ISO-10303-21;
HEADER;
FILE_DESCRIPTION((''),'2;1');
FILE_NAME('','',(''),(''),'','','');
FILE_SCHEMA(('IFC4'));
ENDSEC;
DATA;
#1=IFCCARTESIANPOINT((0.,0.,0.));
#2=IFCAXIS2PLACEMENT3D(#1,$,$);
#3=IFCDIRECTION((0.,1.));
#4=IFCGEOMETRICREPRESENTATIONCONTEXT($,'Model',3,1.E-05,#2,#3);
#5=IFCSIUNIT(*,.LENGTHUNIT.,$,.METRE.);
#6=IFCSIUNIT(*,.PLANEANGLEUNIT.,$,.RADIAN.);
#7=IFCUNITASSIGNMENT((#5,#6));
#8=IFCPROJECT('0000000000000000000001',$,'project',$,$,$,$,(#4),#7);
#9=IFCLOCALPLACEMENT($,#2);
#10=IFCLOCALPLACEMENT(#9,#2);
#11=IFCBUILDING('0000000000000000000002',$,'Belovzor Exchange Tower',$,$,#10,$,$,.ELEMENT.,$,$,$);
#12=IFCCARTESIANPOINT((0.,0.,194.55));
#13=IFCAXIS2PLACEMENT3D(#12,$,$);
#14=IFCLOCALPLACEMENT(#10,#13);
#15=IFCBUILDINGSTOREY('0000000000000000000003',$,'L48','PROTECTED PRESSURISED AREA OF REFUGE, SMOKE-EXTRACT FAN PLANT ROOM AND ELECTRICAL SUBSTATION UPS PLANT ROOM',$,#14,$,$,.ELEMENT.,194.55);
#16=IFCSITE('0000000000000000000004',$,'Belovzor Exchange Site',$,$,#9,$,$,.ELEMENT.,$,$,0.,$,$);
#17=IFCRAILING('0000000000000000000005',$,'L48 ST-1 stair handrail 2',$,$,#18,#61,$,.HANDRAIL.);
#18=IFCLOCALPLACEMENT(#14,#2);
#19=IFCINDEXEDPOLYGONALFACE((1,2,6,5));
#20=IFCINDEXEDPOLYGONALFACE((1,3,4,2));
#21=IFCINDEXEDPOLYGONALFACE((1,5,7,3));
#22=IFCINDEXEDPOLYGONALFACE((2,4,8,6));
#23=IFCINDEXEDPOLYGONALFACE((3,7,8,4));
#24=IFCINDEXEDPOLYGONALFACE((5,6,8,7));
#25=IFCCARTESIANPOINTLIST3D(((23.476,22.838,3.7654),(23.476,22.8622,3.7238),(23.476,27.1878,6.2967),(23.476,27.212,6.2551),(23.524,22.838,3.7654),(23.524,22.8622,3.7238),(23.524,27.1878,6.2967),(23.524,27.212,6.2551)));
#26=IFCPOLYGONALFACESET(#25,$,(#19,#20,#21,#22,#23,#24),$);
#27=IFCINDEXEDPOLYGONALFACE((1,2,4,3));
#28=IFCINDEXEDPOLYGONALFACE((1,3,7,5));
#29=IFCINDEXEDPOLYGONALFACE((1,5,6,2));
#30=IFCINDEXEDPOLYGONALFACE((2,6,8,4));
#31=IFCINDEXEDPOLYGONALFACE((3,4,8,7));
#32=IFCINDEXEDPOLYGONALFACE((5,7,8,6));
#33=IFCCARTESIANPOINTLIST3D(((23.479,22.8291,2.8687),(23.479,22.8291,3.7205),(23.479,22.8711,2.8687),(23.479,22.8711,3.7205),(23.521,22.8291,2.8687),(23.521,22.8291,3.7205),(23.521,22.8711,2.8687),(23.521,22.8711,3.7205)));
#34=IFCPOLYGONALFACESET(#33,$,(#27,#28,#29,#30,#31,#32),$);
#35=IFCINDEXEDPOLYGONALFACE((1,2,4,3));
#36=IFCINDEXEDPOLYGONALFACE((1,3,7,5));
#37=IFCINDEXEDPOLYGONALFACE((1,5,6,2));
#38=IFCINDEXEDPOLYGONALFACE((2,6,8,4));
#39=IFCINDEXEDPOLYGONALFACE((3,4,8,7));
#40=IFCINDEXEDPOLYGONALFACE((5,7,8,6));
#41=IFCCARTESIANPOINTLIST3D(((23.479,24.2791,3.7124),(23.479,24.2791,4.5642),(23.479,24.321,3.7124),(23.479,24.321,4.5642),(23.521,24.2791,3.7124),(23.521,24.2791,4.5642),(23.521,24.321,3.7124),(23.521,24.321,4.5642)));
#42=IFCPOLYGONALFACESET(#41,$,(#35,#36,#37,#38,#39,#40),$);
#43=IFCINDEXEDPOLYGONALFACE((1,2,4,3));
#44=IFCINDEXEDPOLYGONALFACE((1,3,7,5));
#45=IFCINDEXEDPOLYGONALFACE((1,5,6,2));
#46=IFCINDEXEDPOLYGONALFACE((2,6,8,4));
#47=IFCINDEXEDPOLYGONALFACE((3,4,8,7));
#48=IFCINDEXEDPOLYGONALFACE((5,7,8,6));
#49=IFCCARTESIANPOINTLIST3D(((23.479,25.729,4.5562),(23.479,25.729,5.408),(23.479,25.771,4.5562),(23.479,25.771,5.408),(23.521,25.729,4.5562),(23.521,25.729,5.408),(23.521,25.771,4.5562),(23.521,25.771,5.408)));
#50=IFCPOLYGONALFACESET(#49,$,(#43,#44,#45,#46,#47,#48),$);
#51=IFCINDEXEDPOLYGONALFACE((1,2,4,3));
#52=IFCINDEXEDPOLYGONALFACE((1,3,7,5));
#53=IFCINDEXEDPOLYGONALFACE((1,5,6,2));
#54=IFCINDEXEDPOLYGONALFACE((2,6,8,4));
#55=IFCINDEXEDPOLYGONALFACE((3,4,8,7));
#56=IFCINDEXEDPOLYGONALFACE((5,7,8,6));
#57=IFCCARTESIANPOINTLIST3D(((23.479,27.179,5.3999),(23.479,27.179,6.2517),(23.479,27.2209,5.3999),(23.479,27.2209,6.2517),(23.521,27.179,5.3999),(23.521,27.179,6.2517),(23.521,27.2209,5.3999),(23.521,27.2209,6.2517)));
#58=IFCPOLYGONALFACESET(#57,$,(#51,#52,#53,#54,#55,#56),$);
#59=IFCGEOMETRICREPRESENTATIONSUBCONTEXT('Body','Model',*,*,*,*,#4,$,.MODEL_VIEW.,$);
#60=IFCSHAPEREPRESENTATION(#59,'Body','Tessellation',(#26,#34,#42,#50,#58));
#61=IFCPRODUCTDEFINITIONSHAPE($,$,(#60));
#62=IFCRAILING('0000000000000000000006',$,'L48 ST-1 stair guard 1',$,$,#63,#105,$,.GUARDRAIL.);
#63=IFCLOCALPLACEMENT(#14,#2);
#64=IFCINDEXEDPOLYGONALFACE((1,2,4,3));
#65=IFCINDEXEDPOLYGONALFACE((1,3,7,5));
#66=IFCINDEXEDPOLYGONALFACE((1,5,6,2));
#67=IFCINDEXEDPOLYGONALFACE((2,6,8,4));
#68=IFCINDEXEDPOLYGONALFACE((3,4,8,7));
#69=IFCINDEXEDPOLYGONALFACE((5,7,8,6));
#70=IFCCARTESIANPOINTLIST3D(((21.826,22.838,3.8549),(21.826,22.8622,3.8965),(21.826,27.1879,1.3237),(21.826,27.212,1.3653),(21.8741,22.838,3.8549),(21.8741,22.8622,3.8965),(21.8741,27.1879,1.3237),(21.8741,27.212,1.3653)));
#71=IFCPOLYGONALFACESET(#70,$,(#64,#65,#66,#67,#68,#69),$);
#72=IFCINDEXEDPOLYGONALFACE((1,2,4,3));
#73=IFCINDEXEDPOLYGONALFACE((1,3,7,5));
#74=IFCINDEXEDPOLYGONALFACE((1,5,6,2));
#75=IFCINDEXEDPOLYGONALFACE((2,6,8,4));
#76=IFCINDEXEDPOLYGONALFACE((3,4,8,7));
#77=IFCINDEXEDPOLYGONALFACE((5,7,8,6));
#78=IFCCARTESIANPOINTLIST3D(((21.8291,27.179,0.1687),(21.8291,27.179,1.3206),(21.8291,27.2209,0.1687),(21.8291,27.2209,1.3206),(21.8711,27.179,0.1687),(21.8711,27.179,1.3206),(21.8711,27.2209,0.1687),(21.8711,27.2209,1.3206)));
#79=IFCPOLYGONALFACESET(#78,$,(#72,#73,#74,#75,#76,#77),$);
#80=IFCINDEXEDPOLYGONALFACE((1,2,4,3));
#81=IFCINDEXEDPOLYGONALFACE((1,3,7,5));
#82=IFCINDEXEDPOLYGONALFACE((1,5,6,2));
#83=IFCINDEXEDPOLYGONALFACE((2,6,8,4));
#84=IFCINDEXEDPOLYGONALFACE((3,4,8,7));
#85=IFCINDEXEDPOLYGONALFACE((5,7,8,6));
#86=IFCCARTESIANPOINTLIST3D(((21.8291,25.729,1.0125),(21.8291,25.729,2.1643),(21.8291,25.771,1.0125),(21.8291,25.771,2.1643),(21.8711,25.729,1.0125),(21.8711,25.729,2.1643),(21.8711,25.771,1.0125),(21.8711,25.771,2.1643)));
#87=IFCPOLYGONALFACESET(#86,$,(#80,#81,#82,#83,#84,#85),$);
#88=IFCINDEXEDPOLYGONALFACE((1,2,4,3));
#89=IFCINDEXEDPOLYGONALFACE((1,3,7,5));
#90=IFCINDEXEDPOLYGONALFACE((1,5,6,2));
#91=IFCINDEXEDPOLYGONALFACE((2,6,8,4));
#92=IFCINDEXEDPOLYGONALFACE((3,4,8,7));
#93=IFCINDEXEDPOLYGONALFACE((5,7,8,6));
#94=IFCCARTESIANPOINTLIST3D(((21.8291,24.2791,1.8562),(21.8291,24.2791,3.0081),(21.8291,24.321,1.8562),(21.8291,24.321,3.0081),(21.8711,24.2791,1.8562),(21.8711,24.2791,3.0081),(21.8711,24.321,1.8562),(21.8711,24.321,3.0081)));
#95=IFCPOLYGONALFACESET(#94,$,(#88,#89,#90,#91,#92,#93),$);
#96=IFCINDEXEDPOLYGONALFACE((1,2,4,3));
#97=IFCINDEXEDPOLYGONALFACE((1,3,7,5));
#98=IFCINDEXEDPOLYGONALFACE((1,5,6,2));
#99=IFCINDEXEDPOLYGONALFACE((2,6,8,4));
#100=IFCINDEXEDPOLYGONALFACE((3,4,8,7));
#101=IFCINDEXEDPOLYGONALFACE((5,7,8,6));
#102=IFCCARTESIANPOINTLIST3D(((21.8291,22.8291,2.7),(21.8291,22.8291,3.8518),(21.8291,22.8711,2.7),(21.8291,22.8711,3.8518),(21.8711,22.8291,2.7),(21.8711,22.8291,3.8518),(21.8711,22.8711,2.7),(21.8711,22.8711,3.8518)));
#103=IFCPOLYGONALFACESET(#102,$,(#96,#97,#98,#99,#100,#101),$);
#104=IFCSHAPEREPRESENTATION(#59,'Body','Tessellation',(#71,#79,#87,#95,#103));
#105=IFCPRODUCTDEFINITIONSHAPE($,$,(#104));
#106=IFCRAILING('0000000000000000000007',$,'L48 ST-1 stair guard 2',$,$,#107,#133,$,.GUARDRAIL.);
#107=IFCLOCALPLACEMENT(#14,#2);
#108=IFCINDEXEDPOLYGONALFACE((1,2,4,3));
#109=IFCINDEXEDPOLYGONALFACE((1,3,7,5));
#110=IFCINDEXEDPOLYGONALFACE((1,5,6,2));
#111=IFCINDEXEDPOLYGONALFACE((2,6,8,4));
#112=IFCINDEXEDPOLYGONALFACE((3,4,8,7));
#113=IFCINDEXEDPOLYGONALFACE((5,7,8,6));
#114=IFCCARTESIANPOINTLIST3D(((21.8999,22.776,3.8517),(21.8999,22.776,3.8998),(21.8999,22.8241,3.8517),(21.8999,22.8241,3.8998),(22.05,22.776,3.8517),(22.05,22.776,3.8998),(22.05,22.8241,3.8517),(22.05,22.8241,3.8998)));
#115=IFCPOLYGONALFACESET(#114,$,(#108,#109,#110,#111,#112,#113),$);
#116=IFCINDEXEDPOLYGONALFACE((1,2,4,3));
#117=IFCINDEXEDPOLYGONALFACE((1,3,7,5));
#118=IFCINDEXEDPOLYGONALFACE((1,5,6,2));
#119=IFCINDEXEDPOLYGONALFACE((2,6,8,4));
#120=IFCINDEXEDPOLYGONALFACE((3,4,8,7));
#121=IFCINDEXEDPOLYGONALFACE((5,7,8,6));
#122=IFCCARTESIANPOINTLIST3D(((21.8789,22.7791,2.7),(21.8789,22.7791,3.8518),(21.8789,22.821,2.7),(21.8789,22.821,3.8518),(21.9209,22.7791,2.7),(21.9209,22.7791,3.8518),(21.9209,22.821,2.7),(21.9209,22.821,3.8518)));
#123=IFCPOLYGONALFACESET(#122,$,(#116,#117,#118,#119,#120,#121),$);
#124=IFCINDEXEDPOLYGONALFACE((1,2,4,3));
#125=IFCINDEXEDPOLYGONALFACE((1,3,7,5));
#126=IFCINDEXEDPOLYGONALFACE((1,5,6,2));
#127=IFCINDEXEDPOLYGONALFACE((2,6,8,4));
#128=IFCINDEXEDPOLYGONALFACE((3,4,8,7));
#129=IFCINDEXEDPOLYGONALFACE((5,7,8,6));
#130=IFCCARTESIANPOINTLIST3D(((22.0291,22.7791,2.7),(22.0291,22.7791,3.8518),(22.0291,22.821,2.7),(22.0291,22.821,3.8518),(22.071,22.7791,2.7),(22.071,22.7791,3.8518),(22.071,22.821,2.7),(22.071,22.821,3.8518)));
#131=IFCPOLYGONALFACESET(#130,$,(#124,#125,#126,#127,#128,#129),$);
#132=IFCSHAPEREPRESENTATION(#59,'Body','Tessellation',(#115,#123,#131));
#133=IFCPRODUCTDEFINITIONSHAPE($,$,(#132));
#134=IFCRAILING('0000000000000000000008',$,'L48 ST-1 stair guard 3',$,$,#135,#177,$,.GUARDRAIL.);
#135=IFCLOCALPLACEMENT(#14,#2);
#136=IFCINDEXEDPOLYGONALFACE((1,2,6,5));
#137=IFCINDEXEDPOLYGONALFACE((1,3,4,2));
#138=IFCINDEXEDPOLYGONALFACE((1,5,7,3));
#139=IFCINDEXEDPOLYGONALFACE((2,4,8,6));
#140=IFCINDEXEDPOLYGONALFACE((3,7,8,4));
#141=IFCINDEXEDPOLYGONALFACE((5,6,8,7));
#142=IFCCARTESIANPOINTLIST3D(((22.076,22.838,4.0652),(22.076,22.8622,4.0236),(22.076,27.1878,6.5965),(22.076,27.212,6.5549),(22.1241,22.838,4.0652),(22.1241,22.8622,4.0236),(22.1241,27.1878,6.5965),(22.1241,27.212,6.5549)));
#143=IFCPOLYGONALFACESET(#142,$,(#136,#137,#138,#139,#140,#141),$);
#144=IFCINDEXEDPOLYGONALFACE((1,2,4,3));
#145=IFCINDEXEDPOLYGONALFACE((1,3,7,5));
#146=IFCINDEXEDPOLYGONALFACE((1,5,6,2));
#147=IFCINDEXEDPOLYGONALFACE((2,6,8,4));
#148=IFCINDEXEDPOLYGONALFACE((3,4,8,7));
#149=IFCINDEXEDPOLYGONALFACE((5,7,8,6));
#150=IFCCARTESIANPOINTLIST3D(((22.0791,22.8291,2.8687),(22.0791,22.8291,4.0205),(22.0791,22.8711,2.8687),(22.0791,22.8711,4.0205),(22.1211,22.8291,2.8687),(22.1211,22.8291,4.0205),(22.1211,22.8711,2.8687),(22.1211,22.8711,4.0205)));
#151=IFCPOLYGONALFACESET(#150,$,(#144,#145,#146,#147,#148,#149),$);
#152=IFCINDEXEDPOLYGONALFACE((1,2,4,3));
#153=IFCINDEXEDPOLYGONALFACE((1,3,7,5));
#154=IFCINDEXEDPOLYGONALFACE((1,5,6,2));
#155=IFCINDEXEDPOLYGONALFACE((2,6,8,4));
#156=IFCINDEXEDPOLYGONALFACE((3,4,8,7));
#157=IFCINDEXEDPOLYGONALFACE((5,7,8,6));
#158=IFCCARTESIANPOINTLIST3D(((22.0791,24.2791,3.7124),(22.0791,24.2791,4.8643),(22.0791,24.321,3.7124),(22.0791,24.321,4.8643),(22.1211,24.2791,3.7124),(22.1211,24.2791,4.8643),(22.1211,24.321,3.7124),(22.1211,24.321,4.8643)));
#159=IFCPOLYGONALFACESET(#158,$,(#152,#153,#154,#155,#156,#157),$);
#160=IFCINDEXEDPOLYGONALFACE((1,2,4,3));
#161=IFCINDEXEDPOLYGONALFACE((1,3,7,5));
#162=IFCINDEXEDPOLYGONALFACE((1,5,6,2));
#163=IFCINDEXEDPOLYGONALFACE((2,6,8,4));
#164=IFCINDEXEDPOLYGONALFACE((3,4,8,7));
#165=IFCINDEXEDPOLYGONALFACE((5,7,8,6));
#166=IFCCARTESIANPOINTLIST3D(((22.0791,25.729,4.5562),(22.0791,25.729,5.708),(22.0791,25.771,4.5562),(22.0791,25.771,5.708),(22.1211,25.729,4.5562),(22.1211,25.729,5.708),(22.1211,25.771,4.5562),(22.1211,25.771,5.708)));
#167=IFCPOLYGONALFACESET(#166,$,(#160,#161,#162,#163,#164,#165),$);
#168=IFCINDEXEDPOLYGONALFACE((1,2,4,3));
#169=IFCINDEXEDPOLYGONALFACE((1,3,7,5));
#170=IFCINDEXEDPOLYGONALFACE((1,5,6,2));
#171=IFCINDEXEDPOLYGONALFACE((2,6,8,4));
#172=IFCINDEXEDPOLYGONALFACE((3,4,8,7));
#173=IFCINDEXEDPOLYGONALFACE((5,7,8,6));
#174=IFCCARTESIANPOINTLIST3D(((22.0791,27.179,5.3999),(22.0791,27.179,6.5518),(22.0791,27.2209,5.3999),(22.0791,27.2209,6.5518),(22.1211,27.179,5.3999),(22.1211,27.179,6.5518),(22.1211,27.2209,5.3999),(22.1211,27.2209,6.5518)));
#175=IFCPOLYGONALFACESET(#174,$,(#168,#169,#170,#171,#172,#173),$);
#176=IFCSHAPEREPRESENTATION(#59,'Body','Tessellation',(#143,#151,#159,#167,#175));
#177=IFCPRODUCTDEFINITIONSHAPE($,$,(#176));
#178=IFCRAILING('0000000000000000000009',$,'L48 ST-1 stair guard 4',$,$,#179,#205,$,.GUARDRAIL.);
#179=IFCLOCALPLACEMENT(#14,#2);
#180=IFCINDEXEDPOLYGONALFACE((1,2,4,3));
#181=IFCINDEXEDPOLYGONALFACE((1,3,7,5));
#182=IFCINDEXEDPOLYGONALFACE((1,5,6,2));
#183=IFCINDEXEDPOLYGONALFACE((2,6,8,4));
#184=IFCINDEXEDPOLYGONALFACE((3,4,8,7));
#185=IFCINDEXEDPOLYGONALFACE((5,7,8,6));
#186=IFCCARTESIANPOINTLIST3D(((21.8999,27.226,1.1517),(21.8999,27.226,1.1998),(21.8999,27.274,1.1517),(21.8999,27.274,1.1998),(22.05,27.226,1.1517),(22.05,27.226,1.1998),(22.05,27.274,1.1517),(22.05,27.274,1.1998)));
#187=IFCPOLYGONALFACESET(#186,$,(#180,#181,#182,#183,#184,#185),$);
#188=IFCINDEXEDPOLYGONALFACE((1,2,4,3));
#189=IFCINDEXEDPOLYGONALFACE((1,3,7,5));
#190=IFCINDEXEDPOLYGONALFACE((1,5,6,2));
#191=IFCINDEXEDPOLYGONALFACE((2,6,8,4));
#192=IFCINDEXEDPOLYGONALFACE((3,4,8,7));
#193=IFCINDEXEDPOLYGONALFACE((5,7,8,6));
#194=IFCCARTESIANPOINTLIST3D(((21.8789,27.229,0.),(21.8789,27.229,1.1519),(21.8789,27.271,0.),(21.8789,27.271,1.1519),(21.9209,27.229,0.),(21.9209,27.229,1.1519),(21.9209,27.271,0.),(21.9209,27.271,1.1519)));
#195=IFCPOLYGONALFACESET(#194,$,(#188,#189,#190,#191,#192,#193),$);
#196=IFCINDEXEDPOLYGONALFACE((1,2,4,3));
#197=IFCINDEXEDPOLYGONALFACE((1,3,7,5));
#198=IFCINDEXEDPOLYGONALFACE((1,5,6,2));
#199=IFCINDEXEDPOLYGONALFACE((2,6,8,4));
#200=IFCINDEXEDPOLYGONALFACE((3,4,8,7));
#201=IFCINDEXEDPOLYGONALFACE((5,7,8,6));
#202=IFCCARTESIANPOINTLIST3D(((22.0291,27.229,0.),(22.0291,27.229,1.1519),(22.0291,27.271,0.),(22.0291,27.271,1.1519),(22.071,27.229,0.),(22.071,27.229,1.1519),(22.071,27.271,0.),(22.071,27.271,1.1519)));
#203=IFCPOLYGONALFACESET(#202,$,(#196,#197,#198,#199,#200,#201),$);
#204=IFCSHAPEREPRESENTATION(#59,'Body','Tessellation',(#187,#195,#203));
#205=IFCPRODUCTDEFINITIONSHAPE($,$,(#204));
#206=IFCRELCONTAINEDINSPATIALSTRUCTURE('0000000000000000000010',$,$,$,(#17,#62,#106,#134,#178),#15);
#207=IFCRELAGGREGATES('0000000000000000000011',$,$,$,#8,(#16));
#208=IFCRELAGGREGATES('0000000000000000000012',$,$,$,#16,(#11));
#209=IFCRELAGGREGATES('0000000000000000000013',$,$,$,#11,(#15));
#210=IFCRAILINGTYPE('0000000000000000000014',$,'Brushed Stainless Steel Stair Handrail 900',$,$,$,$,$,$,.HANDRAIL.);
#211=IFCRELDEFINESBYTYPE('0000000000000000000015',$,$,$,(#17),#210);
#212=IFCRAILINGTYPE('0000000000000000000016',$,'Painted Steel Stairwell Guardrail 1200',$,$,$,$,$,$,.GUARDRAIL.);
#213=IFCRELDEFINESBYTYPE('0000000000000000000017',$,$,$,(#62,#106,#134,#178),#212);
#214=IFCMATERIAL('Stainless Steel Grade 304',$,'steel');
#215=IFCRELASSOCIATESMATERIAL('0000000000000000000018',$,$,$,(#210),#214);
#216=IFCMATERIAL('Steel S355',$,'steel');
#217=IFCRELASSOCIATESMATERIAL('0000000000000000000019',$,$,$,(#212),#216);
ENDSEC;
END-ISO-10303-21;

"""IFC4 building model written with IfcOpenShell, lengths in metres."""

from ifc_helpers import new_model, si_unit, direction, frame, origin, origin_2d, place, context, subcontext, project, spatial, rectangle, extrude, material, type_object, element, save


model = new_model("IFC4")

# Units and contexts
model_context = context("Model", 3, precision=1e-05, world=origin(), true_north=direction((0.0, 1.0)))
body_context = subcontext(model_context, "Body", "Model", "MODEL_VIEW")
ifc_project = project(units=[si_unit("LENGTHUNIT", "METRE"), si_unit("PLANEANGLEUNIT", "RADIAN")], contexts=[model_context])

# Site, building, storey
site_placement = place(None, origin())
site = spatial("IfcSite", under=ifc_project, at=site_placement, Name="Belovzor Exchange Site", CompositionType="ELEMENT", RefElevation=0.0)
building_placement = place(site_placement, origin())
building = spatial("IfcBuilding", under=site, at=building_placement, Name="Belovzor Exchange Tower", CompositionType="ELEMENT")
storey_placement = place(building_placement, frame((0.0, 0.0, 194.55)))
storey = spatial("IfcBuildingStorey", under=building, at=storey_placement, Name="L48", Description="PROTECTED PRESSURISED AREA OF REFUGE, SMOKE-EXTRACT FAN PLANT ROOM AND ELECTRICAL SUBSTATION UPS PLANT ROOM", CompositionType="ELEMENT", Elevation=194.55)

# Railings
ifc_material_1 = material(Name="Stainless Steel Grade 304", Category="steel")
railing_type_1 = type_object("IfcRailingType", Name="Brushed Stainless Steel Stair Handrail 900", PredefinedType="HANDRAIL", material=ifc_material_1)
railing_1_placement = place(storey_placement, frame((23.5, 22.8501, 2.8687)))
element("IfcRailing", 1, at=railing_1_placement, inside=storey, type_object=railing_type_1, Name="L48 ST-1 stair handrail 2", PredefinedType="HANDRAIL", context=body_context, shape_type="SweptSolid", body=[
    extrude(rectangle(XDim=0.0481, YDim=0.0481, at=origin_2d()), frame((0.0, 0.0, 0.876), z_axis=(0.0, 0.864312, 0.502957), x_axis=(-1.0, 0.0, 0.0)), (0.0, 0.0, 1.0), 5.0327),
    extrude(rectangle(XDim=0.042, YDim=0.042, at=origin_2d()), origin(), (0.0, 0.0, 1.0), 0.8518),
    extrude(rectangle(XDim=0.042, YDim=0.042, at=origin_2d()), frame((0.0, 1.45, 0.8438)), (0.0, 0.0, 1.0), 0.8518),
    extrude(rectangle(XDim=0.042, YDim=0.042, at=origin_2d()), frame((0.0, 2.8999, 1.6875)), (0.0, 0.0, 1.0), 0.8518),
    extrude(rectangle(XDim=0.042, YDim=0.042, at=origin_2d()), frame((0.0, 4.3499, 2.5312)), (0.0, 0.0, 1.0), 0.8518),
])
ifc_material_2 = material(Name="Steel S355", Category="steel")
railing_type_2 = type_object("IfcRailingType", Name="Painted Steel Stairwell Guardrail 1200", PredefinedType="GUARDRAIL", material=ifc_material_2)
railing_2_placement = place(storey_placement, frame((21.8501, 27.2, 0.1687)))
element("IfcRailing", 2, at=railing_2_placement, inside=storey, type_object=railing_type_2, Name="L48 ST-1 stair guard 1", PredefinedType="GUARDRAIL", context=body_context, shape_type="SweptSolid", body=[
    extrude(rectangle(XDim=0.0481, YDim=0.0481, at=origin_2d()), frame((0.0, 0.0, 1.1758), z_axis=(0.0, -0.864312, 0.502957), x_axis=(1.0, 0.0, 0.0)), (0.0, 0.0, 1.0), 5.0327),
    extrude(rectangle(XDim=0.042, YDim=0.042, at=origin_2d()), origin(), (0.0, 0.0, 1.0), 1.1519),
    extrude(rectangle(XDim=0.042, YDim=0.042, at=origin_2d()), frame((0.0, -1.45, 0.8438)), (0.0, 0.0, 1.0), 1.1519),
    extrude(rectangle(XDim=0.042, YDim=0.042, at=origin_2d()), frame((0.0, -2.8999, 1.6875)), (0.0, 0.0, 1.0), 1.1519),
    extrude(rectangle(XDim=0.042, YDim=0.042, at=origin_2d()), frame((0.0, -4.3499, 2.5312)), (0.0, 0.0, 1.0), 1.1519),
])
railing_3_placement = place(storey_placement, frame((21.8999, 22.8, 2.7)))
element("IfcRailing", 3, at=railing_3_placement, inside=storey, type_object=railing_type_2, Name="L48 ST-1 stair guard 2", PredefinedType="GUARDRAIL", context=body_context, shape_type="SweptSolid", body=[
    extrude(rectangle(XDim=0.0481, YDim=0.0481, at=origin_2d()), frame((0.0, 0.0, 1.1758), z_axis=(1.0, 0.0, 0.0), x_axis=(0.0, 1.0, 0.0)), (0.0, 0.0, 1.0), 0.1501),
    extrude(rectangle(XDim=0.042, YDim=0.042, at=origin_2d()), origin(), (0.0, 0.0, 1.0), 1.1519),
    extrude(rectangle(XDim=0.042, YDim=0.042, at=origin_2d()), frame((0.1501, 0.0, 0.0)), (0.0, 0.0, 1.0), 1.1519),
])
railing_4_placement = place(storey_placement, frame((22.1001, 22.8501, 2.8687)))
element("IfcRailing", 4, at=railing_4_placement, inside=storey, type_object=railing_type_2, Name="L48 ST-1 stair guard 3", PredefinedType="GUARDRAIL", context=body_context, shape_type="SweptSolid", body=[
    extrude(rectangle(XDim=0.0481, YDim=0.0481, at=origin_2d()), frame((0.0, 0.0, 1.1758), z_axis=(0.0, 0.864312, 0.502957), x_axis=(-1.0, 0.0, 0.0)), (0.0, 0.0, 1.0), 5.0327),
    extrude(rectangle(XDim=0.042, YDim=0.042, at=origin_2d()), origin(), (0.0, 0.0, 1.0), 1.1519),
    extrude(rectangle(XDim=0.042, YDim=0.042, at=origin_2d()), frame((0.0, 1.45, 0.8438)), (0.0, 0.0, 1.0), 1.1519),
    extrude(rectangle(XDim=0.042, YDim=0.042, at=origin_2d()), frame((0.0, 2.8999, 1.6875)), (0.0, 0.0, 1.0), 1.1519),
    extrude(rectangle(XDim=0.042, YDim=0.042, at=origin_2d()), frame((0.0, 4.3499, 2.5312)), (0.0, 0.0, 1.0), 1.1519),
])
railing_5_placement = place(storey_placement, frame((21.8999, 27.25, 0.0)))
element("IfcRailing", 5, at=railing_5_placement, inside=storey, type_object=railing_type_2, Name="L48 ST-1 stair guard 4", PredefinedType="GUARDRAIL", context=body_context, shape_type="SweptSolid", body=[
    extrude(rectangle(XDim=0.0481, YDim=0.0481, at=origin_2d()), frame((0.0, 0.0, 1.1758), z_axis=(1.0, 0.0, 0.0), x_axis=(0.0, 1.0, 0.0)), (0.0, 0.0, 1.0), 0.1501),
    extrude(rectangle(XDim=0.042, YDim=0.042, at=origin_2d()), origin(), (0.0, 0.0, 1.0), 1.1519),
    extrude(rectangle(XDim=0.042, YDim=0.042, at=origin_2d()), frame((0.1501, 0.0, 0.0)), (0.0, 0.0, 1.0), 1.1519),
])

save(model, "model.ifc")
